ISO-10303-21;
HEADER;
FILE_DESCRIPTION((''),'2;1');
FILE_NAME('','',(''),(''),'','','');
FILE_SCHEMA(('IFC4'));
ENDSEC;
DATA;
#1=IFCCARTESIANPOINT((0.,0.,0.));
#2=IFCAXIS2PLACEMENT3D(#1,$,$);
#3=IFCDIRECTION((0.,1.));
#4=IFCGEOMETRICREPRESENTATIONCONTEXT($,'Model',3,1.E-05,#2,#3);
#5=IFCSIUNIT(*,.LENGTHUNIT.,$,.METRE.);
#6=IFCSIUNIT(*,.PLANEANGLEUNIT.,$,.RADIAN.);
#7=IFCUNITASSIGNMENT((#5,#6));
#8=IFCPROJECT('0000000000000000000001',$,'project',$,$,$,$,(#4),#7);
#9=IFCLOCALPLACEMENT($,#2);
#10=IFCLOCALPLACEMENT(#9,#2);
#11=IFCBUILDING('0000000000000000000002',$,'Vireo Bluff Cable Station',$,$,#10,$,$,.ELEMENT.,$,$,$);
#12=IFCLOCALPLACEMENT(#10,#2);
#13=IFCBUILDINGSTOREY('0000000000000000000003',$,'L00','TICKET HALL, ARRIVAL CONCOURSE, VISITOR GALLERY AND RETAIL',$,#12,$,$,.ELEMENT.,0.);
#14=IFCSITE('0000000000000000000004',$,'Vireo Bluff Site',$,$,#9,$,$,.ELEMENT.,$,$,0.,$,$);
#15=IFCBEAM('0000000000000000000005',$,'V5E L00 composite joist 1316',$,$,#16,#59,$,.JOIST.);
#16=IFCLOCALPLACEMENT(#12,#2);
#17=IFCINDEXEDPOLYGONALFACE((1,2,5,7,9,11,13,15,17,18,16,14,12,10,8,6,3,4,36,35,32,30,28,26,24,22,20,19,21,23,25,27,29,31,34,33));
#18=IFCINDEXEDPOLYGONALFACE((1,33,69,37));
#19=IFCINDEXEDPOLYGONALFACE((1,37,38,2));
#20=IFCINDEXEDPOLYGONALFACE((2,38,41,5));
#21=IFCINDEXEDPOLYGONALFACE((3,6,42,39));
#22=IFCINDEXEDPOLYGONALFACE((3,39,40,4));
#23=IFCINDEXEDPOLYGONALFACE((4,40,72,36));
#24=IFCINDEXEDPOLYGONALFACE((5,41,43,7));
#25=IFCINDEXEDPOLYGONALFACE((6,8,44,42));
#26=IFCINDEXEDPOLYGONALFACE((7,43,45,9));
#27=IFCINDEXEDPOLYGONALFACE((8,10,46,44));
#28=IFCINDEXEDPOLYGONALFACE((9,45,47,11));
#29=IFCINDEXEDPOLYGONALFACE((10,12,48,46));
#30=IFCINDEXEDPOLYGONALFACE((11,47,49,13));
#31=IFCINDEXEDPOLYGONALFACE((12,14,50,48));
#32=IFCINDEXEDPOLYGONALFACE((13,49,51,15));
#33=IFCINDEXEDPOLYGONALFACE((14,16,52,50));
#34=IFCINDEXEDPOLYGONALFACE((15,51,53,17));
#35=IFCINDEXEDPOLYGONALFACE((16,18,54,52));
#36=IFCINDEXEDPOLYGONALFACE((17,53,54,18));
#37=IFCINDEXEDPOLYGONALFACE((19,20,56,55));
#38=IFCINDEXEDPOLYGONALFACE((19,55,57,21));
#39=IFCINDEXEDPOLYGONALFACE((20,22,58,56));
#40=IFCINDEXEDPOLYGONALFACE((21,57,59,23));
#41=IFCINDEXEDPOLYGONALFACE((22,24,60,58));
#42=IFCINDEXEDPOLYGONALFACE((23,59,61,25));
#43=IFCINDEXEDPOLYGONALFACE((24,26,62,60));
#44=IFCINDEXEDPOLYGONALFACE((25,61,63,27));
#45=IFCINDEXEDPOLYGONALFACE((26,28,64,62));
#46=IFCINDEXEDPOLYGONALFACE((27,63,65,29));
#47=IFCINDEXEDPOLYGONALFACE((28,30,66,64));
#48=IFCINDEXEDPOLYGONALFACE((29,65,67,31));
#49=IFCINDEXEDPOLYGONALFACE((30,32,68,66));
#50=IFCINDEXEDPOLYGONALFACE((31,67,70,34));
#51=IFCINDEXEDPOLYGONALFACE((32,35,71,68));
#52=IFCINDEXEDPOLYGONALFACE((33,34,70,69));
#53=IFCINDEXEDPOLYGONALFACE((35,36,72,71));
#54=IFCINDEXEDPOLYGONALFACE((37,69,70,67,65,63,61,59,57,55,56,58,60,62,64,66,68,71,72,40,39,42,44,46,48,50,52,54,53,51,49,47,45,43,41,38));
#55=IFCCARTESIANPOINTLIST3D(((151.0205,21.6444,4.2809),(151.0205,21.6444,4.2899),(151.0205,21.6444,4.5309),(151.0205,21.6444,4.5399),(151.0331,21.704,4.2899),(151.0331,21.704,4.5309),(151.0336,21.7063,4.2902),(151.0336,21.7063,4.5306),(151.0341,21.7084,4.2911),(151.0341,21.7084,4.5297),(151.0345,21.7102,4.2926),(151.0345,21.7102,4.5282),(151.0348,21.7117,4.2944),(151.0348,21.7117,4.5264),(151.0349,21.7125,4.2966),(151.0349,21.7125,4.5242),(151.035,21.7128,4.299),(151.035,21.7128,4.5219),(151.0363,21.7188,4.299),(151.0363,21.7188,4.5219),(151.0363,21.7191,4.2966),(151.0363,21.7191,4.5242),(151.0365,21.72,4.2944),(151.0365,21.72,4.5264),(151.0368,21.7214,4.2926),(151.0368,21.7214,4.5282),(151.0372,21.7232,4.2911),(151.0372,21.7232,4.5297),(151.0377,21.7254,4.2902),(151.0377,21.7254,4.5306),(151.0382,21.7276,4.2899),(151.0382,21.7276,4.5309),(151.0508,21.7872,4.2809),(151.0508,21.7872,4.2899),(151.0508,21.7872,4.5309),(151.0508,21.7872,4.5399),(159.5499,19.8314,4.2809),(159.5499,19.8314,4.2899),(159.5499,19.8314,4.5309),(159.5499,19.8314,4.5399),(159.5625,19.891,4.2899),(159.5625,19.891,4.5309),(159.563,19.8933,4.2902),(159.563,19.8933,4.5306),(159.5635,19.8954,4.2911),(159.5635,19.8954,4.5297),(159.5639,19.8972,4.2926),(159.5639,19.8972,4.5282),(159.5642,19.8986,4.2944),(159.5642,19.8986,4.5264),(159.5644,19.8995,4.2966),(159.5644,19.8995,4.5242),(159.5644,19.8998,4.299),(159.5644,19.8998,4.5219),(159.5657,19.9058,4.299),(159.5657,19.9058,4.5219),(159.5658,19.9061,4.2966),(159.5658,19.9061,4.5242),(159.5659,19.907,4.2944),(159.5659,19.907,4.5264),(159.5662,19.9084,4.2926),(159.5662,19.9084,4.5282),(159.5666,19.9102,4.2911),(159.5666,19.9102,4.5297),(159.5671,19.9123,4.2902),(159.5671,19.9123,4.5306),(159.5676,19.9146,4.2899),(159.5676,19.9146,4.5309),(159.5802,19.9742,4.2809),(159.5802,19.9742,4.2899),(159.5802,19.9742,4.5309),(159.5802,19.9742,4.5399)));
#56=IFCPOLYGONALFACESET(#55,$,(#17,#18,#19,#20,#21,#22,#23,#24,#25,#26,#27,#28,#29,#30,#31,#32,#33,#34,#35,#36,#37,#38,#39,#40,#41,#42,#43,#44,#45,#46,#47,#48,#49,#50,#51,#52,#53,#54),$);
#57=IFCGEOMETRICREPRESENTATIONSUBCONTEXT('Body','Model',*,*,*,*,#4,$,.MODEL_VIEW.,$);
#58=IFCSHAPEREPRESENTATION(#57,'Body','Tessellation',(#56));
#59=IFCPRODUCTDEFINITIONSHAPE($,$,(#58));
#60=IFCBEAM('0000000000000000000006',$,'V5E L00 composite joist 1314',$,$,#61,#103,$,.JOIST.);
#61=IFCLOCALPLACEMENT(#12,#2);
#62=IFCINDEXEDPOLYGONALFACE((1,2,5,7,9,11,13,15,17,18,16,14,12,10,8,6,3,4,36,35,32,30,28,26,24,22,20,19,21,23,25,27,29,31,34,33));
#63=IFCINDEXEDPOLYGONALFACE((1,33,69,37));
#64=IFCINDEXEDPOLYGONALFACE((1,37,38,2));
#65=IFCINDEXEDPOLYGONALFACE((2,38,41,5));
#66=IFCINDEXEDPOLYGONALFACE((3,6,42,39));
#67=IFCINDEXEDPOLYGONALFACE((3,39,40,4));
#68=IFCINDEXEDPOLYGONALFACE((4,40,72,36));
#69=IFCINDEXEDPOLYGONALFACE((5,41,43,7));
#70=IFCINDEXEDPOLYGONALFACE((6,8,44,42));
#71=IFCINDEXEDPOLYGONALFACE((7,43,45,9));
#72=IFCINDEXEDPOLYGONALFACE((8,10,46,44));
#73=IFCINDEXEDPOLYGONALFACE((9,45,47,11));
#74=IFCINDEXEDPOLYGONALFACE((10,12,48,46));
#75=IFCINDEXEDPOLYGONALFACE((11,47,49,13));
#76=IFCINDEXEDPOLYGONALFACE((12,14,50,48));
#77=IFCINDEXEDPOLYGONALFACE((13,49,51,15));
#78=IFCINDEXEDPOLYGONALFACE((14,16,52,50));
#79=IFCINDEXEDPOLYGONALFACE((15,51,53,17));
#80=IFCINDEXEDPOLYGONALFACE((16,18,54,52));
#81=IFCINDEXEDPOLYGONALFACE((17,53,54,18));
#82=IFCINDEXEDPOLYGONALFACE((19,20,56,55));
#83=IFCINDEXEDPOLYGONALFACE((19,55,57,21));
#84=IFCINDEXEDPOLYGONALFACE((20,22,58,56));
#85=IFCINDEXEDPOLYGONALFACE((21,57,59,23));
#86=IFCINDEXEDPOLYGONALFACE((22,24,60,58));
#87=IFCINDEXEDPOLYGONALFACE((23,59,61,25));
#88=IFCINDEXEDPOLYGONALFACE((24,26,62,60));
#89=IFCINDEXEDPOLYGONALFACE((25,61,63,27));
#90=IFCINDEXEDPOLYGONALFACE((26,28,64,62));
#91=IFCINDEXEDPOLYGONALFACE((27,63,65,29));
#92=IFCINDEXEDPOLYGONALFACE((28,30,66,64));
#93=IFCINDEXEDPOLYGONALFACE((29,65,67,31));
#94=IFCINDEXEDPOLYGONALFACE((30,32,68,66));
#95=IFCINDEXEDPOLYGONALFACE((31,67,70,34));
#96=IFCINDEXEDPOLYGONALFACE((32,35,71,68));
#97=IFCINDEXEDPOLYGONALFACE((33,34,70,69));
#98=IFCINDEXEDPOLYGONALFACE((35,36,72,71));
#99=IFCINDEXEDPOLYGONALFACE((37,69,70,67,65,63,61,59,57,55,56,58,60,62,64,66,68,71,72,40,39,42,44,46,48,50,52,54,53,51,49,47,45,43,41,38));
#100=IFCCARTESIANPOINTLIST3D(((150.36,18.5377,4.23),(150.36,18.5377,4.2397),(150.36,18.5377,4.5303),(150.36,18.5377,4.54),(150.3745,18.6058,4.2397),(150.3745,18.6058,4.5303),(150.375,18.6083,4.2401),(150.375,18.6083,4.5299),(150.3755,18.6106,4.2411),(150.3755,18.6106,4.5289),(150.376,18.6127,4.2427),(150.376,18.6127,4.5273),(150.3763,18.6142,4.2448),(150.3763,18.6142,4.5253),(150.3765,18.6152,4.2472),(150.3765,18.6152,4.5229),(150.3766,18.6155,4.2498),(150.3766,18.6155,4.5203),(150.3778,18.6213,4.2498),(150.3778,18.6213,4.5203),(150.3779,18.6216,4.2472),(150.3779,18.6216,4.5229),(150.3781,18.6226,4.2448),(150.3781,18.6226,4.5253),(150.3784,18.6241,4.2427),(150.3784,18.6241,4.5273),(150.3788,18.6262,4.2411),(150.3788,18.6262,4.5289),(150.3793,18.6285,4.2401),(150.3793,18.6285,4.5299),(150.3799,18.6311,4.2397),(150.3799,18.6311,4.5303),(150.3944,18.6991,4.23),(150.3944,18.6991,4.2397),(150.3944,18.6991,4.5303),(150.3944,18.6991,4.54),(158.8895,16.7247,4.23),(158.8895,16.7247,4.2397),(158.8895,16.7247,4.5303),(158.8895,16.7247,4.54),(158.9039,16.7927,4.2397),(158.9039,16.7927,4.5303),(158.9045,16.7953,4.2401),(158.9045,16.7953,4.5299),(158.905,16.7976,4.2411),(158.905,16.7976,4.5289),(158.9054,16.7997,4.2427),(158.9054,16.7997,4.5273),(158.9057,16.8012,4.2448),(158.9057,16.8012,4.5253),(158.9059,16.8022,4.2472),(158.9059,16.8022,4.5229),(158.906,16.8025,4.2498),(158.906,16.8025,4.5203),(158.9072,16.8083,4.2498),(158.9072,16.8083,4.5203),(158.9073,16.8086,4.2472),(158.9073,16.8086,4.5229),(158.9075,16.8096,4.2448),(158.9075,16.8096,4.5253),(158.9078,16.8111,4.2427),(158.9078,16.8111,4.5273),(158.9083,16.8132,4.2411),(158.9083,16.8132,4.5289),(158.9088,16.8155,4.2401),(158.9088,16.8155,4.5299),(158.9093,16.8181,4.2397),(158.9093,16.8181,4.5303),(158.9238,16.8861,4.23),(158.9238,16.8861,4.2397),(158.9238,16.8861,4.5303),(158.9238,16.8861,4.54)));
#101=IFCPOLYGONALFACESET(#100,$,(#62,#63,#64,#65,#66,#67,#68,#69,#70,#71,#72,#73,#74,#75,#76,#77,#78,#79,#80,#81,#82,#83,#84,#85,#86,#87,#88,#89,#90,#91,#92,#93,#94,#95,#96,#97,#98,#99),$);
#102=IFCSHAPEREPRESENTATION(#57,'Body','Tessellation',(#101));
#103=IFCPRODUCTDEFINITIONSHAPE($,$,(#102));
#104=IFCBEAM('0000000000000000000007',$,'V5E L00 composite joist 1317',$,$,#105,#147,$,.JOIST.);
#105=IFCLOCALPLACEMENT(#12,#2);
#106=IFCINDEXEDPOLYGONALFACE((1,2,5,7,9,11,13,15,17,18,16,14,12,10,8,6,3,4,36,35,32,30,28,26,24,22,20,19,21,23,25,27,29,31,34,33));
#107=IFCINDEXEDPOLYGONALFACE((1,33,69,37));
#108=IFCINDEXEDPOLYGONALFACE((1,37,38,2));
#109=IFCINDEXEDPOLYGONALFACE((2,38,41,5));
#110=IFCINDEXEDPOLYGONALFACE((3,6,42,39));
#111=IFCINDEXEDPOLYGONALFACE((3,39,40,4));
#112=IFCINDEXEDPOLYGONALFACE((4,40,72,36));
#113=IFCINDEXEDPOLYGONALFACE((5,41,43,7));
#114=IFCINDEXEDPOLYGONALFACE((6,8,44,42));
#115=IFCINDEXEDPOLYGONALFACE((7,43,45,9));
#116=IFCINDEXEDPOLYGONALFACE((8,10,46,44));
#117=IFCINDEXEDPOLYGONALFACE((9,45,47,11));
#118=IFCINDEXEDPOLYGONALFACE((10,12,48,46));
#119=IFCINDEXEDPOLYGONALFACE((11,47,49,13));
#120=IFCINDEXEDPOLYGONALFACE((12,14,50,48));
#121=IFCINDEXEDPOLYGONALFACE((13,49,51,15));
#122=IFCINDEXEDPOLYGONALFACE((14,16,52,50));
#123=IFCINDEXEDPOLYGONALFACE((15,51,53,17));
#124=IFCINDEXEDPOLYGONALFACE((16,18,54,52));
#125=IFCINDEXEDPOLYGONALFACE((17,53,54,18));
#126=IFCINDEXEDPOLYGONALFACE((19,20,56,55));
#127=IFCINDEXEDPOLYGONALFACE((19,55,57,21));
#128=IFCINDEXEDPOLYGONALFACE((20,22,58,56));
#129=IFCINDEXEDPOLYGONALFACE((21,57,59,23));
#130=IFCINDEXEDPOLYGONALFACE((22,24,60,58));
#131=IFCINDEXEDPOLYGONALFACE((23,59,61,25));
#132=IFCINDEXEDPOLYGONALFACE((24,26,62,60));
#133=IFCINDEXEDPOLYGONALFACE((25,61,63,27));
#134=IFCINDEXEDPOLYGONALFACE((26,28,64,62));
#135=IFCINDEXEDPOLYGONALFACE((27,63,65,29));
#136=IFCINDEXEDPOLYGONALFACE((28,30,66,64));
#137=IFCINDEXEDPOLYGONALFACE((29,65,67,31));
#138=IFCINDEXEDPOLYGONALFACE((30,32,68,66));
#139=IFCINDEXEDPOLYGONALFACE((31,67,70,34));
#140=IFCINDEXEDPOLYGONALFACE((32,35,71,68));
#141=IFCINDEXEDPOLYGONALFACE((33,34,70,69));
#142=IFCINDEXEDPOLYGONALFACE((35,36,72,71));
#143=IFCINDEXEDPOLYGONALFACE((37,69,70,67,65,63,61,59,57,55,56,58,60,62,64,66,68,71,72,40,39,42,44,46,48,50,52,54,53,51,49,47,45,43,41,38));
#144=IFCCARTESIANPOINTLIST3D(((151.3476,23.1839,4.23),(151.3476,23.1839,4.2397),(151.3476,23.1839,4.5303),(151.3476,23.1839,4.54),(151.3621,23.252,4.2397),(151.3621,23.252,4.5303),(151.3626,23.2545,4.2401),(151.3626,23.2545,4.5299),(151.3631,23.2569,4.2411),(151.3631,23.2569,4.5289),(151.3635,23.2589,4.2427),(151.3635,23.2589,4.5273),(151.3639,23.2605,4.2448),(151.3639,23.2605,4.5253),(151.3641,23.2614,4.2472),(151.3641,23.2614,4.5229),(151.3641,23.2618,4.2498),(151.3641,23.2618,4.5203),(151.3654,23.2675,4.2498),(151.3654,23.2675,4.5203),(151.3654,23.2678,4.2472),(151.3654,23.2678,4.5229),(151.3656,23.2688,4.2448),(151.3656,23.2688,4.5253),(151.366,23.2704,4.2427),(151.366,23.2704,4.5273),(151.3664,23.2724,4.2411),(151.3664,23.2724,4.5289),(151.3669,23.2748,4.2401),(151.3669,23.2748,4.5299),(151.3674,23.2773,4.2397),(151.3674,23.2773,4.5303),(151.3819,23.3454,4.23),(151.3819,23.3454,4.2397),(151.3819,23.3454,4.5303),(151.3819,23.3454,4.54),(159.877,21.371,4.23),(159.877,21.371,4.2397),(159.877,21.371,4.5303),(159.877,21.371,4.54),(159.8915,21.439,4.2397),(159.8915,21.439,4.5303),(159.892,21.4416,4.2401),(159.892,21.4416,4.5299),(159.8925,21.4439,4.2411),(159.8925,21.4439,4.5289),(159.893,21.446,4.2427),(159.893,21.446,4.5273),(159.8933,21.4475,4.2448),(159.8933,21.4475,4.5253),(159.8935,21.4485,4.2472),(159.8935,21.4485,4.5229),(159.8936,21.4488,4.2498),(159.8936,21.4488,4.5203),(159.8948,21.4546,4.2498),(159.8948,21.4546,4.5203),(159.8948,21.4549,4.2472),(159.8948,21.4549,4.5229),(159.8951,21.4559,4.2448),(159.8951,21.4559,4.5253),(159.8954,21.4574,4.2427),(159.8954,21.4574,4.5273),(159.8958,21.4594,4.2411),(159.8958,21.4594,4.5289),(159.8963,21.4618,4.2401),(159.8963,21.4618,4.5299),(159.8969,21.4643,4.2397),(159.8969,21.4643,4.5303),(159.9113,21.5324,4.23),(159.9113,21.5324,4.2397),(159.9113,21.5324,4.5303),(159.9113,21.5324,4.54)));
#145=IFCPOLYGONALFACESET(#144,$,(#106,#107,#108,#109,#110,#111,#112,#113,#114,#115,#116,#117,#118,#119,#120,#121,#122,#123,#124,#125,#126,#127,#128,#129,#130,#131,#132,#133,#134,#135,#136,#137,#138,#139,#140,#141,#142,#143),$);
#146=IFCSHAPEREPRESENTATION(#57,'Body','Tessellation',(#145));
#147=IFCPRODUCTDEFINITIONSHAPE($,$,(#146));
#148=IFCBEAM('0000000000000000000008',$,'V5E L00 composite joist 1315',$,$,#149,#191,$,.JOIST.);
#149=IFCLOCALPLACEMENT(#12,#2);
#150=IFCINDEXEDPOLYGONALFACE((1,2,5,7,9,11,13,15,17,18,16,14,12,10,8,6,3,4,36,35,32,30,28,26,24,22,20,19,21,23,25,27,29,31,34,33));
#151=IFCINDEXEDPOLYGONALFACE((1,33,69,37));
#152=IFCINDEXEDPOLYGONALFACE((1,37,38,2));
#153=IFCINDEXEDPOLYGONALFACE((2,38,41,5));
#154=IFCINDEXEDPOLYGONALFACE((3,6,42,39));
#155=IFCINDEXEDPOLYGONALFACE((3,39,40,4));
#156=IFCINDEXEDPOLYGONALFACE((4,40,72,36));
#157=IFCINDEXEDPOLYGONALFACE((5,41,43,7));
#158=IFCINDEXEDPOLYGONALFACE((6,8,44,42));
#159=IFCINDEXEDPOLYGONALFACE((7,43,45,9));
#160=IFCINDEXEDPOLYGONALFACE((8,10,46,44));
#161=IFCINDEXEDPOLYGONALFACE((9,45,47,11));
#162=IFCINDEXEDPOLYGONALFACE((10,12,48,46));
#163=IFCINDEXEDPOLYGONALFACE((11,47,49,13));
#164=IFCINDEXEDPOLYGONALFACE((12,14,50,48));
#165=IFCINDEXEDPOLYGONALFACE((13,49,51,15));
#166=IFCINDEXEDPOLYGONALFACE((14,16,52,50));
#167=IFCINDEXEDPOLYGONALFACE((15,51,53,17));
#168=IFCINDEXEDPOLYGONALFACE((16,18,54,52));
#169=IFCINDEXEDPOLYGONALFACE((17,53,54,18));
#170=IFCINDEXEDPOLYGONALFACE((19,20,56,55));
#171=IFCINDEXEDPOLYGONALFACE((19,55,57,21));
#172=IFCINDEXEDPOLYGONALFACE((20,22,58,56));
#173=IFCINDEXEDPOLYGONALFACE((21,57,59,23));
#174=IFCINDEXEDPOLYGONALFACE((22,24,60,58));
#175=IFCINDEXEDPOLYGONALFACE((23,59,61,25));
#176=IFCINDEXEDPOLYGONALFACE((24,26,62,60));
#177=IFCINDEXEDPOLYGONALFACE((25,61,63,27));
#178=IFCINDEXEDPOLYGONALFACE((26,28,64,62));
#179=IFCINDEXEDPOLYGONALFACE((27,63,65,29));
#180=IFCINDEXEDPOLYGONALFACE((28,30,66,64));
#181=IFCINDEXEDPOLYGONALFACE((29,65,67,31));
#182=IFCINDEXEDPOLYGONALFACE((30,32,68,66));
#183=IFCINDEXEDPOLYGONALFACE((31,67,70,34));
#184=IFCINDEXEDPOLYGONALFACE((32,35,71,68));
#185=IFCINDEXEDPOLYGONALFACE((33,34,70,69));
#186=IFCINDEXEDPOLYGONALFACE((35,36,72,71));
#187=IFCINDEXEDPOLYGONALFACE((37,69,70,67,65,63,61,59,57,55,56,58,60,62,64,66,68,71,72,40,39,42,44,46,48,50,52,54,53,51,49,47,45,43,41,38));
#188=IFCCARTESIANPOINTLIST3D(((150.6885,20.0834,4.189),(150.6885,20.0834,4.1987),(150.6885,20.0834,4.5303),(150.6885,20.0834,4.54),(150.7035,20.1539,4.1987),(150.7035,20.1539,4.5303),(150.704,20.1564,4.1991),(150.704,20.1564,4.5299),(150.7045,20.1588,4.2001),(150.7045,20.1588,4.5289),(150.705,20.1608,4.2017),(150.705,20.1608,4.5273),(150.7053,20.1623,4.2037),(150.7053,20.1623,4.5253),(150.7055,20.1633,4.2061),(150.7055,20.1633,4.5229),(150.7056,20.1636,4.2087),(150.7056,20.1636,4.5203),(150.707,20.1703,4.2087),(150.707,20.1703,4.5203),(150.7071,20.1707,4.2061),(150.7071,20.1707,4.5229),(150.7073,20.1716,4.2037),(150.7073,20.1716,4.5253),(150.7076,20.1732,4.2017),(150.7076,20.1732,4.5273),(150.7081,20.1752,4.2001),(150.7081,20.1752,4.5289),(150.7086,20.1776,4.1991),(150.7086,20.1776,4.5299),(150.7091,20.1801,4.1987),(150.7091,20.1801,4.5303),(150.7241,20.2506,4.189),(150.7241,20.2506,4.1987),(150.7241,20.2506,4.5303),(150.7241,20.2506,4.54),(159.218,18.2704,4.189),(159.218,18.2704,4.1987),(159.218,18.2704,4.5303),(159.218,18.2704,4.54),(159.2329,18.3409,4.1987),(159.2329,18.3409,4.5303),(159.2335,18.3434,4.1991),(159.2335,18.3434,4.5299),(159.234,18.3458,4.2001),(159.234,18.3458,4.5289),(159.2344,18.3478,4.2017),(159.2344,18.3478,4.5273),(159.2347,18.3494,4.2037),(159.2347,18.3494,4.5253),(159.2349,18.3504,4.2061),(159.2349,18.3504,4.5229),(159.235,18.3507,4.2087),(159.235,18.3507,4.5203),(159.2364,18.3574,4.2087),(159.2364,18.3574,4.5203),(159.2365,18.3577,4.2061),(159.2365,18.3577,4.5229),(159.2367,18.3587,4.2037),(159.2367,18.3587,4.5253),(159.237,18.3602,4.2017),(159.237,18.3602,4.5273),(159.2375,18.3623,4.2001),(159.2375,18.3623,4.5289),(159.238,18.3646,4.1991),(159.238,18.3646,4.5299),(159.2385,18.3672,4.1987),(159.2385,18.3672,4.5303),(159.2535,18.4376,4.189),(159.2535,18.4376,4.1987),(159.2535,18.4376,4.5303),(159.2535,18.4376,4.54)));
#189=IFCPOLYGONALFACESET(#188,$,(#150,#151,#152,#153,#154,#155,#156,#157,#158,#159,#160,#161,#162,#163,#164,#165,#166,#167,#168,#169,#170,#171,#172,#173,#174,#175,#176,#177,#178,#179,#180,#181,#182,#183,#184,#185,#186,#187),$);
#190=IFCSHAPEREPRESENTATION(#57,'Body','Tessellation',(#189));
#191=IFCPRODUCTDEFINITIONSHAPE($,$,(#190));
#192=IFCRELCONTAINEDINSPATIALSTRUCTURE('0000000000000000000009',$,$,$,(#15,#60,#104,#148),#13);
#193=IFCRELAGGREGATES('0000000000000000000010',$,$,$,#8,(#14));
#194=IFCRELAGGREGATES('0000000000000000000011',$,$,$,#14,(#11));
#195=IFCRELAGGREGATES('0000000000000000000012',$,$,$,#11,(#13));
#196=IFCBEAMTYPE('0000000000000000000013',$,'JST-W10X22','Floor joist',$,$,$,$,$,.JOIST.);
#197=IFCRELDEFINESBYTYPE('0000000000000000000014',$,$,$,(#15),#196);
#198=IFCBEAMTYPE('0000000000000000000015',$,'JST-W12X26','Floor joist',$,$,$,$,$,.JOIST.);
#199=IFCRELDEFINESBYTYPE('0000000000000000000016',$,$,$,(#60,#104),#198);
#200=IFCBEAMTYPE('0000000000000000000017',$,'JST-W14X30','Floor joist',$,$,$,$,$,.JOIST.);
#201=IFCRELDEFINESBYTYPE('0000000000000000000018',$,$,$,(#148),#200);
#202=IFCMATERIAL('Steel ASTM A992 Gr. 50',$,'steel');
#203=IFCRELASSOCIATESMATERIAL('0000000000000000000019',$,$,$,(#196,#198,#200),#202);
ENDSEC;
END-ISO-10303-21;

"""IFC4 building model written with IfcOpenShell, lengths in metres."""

from ifc_helpers import new_model, si_unit, direction, frame, origin, origin_2d, place, context, subcontext, project, spatial, i_section, extrude, material, material_profile, profile_set, type_object, element, save


model = new_model("IFC4")

# Units and contexts
model_context = context("Model", 3, precision=1e-05, world=origin(), true_north=direction((0.0, 1.0)))
body_context = subcontext(model_context, "Body", "Model", "MODEL_VIEW")
ifc_project = project(units=[si_unit("LENGTHUNIT", "METRE"), si_unit("PLANEANGLEUNIT", "RADIAN")], contexts=[model_context])

# Site, building, storey
site_placement = place(None, origin())
site = spatial("IfcSite", under=ifc_project, at=site_placement, Name="Vireo Bluff Site", CompositionType="ELEMENT", RefElevation=0.0)
building_placement = place(site_placement, origin())
building = spatial("IfcBuilding", under=site, at=building_placement, Name="Vireo Bluff Cable Station", CompositionType="ELEMENT")
storey_placement = place(building_placement, origin())
storey = spatial("IfcBuildingStorey", under=building, at=storey_placement, Name="L00", Description="TICKET HALL, ARRIVAL CONCOURSE, VISITOR GALLERY AND RETAIL", CompositionType="ELEMENT", Elevation=0.0)

# Beams
ifc_material_1 = material(Name="Steel ASTM A992 Gr. 50", Category="steel")
ifc_material_profile_1 = material_profile(ifc_material_1, i_section(OverallWidth=0.146, OverallDepth=0.259, WebThickness=0.0061, FlangeThickness=0.009, FilletRadius=0.009, at=origin_2d()), Name="W10X22")
ifc_profile_set_1 = profile_set([ifc_material_profile_1], Name="Steel ASTM A992 Gr. 50")
beam_type_1 = type_object("IfcBeamType", Name="JST-W10X22", Description="Floor joist", PredefinedType="JOIST", material=ifc_profile_set_1)
for number, where, z_axis, x_axis, name in (
    (1, (151.0356, 21.7158, 4.4104), (0.978147, -0.207915, 0.0), (0.207915, 0.978147, 0.0), "V5E L00 composite joist 1316"),
):
    element("IfcBeam", number, at=place(storey_placement, frame(where, z_axis=z_axis, x_axis=x_axis)), inside=storey, type_object=beam_type_1, Name=name, PredefinedType="JOIST", context=body_context, shape_type="SweptSolid", body=[
        extrude(i_section(OverallWidth=0.146, OverallDepth=0.259, WebThickness=0.0061, FlangeThickness=0.009, FilletRadius=0.009, at=origin_2d()), origin(), (0.0, 0.0, 1.0), 8.72),
    ])
ifc_material_profile_2 = material_profile(ifc_material_1, i_section(OverallWidth=0.165, OverallDepth=0.3101, WebThickness=0.0059, FlangeThickness=0.0098, FilletRadius=0.01, at=origin_2d()), Name="W12X26")
ifc_profile_set_2 = profile_set([ifc_material_profile_2], Name="Steel ASTM A992 Gr. 50")
beam_type_2 = type_object("IfcBeamType", Name="JST-W12X26", Description="Floor joist", PredefinedType="JOIST", material=ifc_profile_set_2)
for number, where, z_axis, x_axis, name in (
    (2, (150.3772, 18.6184, 4.385), (0.978147, -0.207915, 0.0), (0.207915, 0.978147, 0.0), "V5E L00 composite joist 1314"),
    (3, (151.3647, 23.2646, 4.385), (0.978148, -0.207909, 0.0), (0.207909, 0.978148, 0.0), "V5E L00 composite joist 1317"),
):
    element("IfcBeam", number, at=place(storey_placement, frame(where, z_axis=z_axis, x_axis=x_axis)), inside=storey, type_object=beam_type_2, Name=name, PredefinedType="JOIST", context=body_context, shape_type="SweptSolid", body=[
        extrude(i_section(OverallWidth=0.165, OverallDepth=0.3101, WebThickness=0.0059, FlangeThickness=0.0098, FilletRadius=0.01, at=origin_2d()), origin(), (0.0, 0.0, 1.0), 8.72),
    ])
ifc_material_profile_3 = material_profile(ifc_material_1, i_section(OverallWidth=0.1709, OverallDepth=0.3511, WebThickness=0.0068, FlangeThickness=0.0098, FilletRadius=0.01, at=origin_2d()), Name="W14X30")
ifc_profile_set_3 = profile_set([ifc_material_profile_3], Name="Steel ASTM A992 Gr. 50")
beam_type_3 = type_object("IfcBeamType", Name="JST-W14X30", Description="Floor joist", PredefinedType="JOIST", material=ifc_profile_set_3)
beam_placement = place(storey_placement, frame((150.7063, 20.167, 4.3645), z_axis=(0.978148, -0.207909, 0.0), x_axis=(0.207909, 0.978148, 0.0)))
element("IfcBeam", 4, at=beam_placement, inside=storey, type_object=beam_type_3, Name="V5E L00 composite joist 1315", PredefinedType="JOIST", context=body_context, shape_type="SweptSolid", body=[
    extrude(i_section(OverallWidth=0.1709, OverallDepth=0.3511, WebThickness=0.0068, FlangeThickness=0.0098, FilletRadius=0.01, at=origin_2d()), origin(), (0.0, 0.0, 1.0), 8.72),
])

save(model, "model.ifc")
